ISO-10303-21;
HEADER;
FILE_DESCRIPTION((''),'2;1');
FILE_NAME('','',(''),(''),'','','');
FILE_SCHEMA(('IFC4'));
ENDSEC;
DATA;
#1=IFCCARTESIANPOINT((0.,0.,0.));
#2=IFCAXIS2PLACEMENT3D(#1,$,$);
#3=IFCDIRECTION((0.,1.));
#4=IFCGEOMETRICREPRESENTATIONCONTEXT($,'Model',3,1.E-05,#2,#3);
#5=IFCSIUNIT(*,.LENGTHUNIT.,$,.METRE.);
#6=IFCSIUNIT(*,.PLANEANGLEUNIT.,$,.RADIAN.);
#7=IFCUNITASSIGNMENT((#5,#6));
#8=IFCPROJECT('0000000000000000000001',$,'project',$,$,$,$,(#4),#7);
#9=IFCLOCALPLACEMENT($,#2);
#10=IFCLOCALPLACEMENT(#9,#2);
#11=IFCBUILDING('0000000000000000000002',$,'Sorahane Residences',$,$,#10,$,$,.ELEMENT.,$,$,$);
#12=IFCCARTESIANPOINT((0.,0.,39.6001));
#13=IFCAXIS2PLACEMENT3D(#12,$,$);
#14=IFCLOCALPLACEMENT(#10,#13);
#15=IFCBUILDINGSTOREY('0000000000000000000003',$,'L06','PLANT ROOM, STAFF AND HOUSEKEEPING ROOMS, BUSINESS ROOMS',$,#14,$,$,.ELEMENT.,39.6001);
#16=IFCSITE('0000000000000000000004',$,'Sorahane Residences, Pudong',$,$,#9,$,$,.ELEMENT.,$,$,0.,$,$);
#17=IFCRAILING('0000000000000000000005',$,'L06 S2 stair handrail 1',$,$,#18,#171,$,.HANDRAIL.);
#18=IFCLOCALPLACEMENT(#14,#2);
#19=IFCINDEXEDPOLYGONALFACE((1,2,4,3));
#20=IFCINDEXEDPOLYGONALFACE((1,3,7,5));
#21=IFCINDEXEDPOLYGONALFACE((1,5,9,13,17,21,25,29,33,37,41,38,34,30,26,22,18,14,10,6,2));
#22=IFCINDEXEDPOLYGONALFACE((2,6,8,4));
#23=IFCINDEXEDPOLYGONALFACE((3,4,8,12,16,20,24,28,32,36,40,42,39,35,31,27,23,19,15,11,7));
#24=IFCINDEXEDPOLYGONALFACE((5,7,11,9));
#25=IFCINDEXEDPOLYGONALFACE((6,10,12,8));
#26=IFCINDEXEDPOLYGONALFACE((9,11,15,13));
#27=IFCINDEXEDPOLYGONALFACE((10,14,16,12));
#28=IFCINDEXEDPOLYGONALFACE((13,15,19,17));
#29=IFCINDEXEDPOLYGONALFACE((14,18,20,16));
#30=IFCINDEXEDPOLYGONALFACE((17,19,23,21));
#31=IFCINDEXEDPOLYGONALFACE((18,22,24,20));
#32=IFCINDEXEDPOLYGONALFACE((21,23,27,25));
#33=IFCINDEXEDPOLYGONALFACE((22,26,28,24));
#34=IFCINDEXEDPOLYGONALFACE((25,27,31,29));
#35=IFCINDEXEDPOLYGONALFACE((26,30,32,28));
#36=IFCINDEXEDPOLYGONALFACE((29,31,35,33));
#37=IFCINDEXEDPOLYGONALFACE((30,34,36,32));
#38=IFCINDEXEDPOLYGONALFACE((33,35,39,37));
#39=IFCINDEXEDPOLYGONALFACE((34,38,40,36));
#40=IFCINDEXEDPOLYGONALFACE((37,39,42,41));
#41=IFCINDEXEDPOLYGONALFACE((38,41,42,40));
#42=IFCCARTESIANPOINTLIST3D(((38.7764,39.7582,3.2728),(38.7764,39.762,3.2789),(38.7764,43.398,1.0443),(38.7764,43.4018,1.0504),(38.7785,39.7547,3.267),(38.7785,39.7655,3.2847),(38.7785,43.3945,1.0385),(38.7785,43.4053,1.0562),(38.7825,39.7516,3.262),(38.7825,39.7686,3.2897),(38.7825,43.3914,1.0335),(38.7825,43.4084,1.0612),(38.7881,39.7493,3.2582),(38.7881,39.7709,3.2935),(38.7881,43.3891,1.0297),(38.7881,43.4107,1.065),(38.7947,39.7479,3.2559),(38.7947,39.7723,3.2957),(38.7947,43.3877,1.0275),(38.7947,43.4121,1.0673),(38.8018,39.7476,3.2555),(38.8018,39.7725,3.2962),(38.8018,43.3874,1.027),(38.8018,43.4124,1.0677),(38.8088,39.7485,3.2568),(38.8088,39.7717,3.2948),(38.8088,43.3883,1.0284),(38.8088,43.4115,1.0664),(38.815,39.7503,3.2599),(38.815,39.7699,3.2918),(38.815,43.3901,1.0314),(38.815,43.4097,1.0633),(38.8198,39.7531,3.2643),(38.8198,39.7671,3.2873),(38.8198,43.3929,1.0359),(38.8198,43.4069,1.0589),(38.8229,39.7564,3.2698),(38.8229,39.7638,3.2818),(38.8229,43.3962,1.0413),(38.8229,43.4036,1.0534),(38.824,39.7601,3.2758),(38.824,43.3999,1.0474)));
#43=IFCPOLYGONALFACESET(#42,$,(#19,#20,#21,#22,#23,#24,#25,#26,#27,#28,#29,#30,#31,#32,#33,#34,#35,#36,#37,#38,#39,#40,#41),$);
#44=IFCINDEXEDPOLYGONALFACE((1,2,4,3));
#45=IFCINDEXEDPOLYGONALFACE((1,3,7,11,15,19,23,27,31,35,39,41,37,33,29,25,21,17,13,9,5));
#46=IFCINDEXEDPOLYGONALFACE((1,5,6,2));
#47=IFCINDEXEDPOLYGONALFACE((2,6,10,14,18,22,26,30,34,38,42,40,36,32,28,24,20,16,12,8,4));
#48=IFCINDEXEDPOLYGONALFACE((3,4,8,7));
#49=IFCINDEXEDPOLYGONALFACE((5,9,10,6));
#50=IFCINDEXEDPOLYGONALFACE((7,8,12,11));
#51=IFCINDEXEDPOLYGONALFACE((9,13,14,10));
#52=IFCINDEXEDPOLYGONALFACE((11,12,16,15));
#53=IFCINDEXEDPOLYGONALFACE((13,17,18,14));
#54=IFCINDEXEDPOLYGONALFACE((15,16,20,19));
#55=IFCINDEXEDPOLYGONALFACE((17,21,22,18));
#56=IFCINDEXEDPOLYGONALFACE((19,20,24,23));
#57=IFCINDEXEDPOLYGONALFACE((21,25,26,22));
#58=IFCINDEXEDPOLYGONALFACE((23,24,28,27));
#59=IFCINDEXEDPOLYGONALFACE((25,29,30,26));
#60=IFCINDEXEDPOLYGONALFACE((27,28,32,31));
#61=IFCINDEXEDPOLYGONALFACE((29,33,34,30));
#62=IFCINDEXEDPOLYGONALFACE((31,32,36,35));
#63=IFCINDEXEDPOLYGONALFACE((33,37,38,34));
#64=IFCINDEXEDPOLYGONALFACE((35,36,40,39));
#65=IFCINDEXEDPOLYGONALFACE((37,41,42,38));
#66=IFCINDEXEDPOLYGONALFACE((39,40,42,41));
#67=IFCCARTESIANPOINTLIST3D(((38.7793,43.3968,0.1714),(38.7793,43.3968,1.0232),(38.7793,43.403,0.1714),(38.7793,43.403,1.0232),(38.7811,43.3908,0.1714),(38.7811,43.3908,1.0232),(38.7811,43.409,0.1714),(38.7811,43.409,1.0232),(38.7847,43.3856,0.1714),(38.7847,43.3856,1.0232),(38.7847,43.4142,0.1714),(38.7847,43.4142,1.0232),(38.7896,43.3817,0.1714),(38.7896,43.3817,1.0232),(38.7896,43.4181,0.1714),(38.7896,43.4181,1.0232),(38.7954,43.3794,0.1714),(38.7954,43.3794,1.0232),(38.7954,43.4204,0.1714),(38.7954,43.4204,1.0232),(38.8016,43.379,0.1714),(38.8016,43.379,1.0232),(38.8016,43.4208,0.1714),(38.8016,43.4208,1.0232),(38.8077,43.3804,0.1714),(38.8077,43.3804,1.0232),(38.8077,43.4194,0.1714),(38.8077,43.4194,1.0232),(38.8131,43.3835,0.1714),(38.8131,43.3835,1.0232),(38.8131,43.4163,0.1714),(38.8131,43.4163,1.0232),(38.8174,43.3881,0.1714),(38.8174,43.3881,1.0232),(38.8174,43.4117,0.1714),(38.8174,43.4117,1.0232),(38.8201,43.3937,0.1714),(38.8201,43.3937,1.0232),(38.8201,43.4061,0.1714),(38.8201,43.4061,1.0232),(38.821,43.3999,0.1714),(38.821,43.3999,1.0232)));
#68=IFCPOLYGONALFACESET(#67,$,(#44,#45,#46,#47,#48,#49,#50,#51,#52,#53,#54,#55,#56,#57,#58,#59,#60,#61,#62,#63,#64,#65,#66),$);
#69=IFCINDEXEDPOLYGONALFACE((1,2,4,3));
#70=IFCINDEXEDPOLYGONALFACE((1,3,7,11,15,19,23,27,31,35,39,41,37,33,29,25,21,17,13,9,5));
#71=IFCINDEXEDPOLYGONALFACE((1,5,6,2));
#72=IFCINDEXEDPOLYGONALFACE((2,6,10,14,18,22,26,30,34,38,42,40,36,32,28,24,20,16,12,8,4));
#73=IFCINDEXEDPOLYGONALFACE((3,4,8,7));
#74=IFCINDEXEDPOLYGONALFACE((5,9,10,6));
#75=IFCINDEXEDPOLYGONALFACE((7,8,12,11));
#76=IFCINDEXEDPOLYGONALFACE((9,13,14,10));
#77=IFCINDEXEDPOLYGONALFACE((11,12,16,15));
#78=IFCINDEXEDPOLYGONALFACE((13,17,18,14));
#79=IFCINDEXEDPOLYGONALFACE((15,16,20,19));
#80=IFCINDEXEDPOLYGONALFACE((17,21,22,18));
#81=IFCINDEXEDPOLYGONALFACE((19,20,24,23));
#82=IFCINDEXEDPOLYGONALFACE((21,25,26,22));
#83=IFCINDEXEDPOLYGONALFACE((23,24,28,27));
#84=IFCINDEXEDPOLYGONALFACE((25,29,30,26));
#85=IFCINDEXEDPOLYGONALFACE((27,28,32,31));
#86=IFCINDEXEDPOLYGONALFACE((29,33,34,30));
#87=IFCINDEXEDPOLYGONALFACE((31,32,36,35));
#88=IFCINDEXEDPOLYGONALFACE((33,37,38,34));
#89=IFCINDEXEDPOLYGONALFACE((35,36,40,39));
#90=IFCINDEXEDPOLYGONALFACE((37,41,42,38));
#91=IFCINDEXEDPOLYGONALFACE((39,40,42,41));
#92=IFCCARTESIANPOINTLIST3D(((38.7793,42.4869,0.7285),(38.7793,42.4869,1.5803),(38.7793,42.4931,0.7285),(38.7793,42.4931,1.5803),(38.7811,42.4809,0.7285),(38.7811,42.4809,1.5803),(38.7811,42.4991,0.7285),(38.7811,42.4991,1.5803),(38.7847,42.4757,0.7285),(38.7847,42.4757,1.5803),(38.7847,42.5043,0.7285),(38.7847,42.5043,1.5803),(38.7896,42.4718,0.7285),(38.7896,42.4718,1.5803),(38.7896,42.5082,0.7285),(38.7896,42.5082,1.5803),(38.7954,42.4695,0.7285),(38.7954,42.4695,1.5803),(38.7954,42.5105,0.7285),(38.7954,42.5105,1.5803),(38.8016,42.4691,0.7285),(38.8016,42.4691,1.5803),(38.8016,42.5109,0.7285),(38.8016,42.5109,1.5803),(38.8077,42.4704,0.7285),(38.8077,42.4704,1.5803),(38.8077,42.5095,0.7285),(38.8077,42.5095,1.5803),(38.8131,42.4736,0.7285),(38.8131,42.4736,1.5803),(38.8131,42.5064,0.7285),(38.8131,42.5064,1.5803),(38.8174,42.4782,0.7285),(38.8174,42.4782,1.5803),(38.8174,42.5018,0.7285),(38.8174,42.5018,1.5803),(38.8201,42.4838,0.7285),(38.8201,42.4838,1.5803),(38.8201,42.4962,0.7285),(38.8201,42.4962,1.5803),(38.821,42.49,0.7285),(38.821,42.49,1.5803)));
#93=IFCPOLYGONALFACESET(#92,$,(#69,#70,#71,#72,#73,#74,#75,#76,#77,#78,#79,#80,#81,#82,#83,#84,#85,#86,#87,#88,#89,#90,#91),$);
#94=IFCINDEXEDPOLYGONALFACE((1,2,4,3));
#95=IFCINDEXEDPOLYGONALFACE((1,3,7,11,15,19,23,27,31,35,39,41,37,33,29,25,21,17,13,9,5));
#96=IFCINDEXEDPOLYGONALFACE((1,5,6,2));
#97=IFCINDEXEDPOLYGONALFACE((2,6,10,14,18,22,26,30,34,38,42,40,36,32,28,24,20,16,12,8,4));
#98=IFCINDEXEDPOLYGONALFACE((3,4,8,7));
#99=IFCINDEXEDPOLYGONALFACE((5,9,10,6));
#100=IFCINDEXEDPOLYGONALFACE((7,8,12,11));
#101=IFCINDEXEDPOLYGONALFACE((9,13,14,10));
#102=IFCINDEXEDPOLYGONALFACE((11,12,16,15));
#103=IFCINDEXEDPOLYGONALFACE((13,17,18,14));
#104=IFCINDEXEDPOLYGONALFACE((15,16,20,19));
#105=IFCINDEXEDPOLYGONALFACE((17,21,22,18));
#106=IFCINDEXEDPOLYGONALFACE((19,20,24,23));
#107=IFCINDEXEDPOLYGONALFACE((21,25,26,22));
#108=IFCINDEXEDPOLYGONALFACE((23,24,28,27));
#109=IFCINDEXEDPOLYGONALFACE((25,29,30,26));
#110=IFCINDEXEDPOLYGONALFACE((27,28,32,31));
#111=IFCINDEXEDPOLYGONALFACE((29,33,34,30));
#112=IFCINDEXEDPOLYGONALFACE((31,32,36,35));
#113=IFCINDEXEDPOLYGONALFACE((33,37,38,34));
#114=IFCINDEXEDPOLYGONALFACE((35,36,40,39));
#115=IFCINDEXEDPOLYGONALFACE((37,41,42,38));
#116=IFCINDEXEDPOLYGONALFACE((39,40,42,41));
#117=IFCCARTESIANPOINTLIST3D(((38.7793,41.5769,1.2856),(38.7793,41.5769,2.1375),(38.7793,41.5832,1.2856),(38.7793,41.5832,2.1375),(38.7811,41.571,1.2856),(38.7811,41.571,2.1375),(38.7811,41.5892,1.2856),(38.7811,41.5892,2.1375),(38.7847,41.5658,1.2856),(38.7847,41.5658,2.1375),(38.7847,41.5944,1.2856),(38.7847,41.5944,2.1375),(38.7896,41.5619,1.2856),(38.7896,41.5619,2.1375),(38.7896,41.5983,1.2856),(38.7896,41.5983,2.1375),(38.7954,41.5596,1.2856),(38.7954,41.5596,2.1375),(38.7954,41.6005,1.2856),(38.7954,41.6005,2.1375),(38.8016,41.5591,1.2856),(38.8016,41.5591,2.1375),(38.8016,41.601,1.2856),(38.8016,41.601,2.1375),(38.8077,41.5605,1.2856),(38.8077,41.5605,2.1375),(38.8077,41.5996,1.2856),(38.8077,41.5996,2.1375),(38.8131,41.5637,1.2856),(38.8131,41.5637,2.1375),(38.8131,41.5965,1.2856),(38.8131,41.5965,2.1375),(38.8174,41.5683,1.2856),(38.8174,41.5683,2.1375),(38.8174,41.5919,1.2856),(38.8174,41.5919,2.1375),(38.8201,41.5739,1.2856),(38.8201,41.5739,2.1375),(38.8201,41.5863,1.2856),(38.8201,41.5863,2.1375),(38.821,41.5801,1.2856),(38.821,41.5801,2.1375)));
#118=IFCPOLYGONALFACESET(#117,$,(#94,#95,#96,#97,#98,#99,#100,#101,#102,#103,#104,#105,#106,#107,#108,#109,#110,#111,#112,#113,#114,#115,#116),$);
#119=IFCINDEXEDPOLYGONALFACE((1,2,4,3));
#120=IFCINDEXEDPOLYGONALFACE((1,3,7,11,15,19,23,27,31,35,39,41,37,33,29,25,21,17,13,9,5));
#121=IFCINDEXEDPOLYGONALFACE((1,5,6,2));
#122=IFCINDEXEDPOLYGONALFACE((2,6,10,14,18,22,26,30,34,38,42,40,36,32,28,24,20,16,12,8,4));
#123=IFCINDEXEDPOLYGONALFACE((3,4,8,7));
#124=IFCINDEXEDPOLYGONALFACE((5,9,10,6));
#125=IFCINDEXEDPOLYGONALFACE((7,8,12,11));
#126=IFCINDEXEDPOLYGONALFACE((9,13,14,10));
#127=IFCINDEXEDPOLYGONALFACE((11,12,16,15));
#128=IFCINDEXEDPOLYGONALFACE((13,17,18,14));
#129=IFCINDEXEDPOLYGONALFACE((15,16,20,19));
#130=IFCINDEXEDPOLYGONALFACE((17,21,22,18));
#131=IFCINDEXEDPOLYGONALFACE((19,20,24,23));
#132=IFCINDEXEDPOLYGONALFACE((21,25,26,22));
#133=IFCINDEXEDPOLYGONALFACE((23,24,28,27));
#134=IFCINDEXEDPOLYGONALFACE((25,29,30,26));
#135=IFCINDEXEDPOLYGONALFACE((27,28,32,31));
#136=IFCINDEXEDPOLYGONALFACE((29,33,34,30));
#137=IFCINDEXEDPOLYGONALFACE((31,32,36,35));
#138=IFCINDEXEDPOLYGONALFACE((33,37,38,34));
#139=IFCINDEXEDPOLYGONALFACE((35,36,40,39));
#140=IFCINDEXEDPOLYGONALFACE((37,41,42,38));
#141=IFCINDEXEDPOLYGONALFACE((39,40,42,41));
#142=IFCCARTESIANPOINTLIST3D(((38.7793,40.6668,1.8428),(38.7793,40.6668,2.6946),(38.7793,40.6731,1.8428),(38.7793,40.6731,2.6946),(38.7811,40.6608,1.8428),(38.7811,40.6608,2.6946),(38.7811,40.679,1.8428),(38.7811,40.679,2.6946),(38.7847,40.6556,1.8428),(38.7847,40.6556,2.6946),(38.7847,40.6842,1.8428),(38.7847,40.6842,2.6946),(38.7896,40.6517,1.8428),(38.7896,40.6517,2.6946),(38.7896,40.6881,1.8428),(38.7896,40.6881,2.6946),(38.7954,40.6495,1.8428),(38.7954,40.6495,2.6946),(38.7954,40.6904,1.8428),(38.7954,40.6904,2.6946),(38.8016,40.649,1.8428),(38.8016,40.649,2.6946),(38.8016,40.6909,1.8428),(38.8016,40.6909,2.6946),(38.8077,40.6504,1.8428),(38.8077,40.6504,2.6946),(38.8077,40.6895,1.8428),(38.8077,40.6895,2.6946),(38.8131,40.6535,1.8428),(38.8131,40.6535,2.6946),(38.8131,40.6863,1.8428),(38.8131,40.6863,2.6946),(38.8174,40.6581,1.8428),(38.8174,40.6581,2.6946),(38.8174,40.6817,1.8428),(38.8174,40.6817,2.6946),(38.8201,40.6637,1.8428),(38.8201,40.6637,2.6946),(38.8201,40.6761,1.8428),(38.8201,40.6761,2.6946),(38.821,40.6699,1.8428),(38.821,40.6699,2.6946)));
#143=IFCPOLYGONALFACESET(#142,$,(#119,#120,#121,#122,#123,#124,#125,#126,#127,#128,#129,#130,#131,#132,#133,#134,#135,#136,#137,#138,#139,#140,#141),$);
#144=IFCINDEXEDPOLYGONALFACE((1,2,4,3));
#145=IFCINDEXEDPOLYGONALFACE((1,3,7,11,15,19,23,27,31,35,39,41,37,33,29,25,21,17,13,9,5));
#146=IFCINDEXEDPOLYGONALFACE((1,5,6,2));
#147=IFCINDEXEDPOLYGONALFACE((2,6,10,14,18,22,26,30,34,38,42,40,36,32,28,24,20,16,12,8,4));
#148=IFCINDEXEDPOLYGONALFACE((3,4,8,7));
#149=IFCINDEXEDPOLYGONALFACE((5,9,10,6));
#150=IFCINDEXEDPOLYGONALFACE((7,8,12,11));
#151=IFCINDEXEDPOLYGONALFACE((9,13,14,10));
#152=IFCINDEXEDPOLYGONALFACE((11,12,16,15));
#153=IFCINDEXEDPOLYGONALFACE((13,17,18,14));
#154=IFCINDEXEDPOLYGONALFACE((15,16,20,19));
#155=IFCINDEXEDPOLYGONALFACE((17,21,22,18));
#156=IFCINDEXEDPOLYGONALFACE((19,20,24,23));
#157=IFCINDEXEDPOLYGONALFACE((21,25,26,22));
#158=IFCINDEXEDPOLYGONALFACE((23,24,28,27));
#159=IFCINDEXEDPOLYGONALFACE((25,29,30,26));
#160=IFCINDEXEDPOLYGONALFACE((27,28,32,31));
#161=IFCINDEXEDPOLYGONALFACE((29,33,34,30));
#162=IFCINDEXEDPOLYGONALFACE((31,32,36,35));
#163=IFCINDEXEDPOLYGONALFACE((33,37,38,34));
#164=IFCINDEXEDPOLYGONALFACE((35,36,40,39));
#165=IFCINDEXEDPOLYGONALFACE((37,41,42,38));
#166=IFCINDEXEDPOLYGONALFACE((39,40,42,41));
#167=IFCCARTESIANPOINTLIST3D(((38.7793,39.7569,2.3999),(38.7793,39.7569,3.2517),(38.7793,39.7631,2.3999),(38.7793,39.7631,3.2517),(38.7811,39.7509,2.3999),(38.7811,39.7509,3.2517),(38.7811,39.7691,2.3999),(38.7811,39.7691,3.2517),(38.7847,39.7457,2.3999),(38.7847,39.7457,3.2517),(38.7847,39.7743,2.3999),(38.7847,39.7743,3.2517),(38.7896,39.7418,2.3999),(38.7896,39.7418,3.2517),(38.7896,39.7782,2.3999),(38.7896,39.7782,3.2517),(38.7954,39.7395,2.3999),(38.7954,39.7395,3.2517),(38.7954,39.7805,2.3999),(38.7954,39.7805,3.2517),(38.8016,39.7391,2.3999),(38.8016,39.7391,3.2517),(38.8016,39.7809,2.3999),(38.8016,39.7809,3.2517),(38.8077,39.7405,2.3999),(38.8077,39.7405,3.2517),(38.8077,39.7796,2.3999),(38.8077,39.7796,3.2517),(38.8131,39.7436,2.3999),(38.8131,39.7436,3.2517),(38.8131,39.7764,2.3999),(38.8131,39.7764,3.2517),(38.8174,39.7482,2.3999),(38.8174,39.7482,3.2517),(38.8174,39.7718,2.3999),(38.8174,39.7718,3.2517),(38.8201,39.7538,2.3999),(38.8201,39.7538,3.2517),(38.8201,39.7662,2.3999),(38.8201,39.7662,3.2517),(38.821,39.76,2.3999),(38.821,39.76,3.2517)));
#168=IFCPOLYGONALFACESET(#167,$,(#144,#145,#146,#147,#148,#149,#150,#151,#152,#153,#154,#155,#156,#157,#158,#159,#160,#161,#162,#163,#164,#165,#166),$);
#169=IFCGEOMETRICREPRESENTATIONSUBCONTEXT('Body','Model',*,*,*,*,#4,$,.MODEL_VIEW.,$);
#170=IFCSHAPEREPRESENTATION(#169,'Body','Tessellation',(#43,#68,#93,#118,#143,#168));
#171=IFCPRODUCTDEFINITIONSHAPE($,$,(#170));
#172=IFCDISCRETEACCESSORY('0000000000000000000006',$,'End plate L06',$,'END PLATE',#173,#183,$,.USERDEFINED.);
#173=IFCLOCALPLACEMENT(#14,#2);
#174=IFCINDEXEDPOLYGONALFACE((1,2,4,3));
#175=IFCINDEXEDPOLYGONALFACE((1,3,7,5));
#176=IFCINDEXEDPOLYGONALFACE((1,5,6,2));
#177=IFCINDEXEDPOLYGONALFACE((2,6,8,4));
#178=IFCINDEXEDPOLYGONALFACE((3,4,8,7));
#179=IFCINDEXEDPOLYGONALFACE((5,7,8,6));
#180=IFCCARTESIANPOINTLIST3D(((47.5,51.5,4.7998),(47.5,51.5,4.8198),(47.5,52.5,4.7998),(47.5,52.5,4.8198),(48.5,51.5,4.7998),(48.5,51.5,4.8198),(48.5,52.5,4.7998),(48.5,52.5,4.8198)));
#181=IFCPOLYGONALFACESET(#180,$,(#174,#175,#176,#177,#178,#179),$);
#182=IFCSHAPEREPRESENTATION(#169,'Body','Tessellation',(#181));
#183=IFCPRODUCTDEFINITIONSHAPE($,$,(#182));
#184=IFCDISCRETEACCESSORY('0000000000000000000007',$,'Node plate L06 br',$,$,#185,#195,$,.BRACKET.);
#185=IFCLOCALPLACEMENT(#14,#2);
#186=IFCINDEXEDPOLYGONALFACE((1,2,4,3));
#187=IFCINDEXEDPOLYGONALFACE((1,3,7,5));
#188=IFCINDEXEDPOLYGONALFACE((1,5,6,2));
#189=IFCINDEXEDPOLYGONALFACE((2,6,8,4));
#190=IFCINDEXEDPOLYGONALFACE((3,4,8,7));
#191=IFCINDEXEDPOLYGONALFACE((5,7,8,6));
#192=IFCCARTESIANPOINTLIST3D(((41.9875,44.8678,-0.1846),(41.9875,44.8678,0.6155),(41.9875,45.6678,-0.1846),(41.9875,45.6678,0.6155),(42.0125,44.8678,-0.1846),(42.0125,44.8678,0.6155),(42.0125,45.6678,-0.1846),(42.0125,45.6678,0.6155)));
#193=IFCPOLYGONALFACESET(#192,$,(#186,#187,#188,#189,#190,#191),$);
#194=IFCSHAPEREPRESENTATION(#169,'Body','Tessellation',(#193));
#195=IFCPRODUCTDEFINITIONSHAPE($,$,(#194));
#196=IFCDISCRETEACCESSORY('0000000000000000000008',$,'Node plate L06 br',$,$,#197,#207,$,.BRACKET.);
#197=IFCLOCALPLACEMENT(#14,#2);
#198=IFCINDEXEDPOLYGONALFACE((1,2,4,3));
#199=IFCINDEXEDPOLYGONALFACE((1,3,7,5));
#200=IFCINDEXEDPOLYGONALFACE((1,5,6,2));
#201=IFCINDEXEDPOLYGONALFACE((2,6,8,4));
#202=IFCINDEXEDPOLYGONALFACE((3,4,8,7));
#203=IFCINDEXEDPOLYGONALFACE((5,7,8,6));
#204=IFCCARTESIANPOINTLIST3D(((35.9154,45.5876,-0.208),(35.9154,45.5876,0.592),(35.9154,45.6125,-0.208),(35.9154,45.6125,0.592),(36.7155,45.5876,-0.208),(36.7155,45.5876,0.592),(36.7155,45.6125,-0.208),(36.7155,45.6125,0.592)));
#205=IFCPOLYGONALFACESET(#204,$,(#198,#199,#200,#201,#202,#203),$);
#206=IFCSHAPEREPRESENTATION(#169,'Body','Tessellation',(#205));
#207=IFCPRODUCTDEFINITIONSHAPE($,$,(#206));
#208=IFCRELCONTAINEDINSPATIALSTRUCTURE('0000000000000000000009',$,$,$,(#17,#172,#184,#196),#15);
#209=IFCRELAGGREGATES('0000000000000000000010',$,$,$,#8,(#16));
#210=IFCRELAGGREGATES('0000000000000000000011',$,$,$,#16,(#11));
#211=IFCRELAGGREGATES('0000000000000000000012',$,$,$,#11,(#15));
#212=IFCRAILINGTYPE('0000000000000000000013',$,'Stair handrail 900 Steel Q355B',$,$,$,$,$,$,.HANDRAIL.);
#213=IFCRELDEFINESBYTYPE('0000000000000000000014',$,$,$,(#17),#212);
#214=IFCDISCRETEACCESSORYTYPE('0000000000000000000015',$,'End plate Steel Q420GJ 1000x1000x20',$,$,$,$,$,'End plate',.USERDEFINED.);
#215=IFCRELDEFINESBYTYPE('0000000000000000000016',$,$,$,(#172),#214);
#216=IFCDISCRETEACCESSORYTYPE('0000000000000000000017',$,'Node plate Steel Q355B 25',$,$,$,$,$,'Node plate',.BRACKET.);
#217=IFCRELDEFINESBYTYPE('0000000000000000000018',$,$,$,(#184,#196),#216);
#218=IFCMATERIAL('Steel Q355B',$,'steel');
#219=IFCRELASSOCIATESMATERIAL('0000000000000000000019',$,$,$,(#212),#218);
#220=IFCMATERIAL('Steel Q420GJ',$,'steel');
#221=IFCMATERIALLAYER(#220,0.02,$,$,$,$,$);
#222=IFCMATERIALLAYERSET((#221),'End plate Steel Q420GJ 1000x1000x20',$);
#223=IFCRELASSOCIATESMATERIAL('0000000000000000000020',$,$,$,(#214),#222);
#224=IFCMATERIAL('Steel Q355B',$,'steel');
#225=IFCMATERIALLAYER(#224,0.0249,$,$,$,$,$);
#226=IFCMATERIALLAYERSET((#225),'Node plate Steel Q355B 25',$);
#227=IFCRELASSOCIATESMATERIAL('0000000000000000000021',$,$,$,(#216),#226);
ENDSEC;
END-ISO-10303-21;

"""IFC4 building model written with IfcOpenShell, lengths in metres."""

from ifc_helpers import new_model, si_unit, direction, frame, origin, origin_2d, place, context, subcontext, project, spatial, rectangle, circle, extrude, material, layer, layer_set, type_object, element, save


model = new_model("IFC4")

# Units and contexts
model_context = context("Model", 3, precision=1e-05, world=origin(), true_north=direction((0.0, 1.0)))
body_context = subcontext(model_context, "Body", "Model", "MODEL_VIEW")
ifc_project = project(units=[si_unit("LENGTHUNIT", "METRE"), si_unit("PLANEANGLEUNIT", "RADIAN")], contexts=[model_context])

# Site, building, storey
site_placement = place(None, origin())
site = spatial("IfcSite", under=ifc_project, at=site_placement, Name="Sorahane Residences, Pudong", CompositionType="ELEMENT", RefElevation=0.0)
building_placement = place(site_placement, origin())
building = spatial("IfcBuilding", under=site, at=building_placement, Name="Sorahane Residences", CompositionType="ELEMENT")
storey_placement = place(building_placement, frame((0.0, 0.0, 39.6001)))
storey = spatial("IfcBuildingStorey", under=building, at=storey_placement, Name="L06", Description="PLANT ROOM, STAFF AND HOUSEKEEPING ROOMS, BUSINESS ROOMS", CompositionType="ELEMENT", Elevation=39.6001)

# Railing
ifc_material_1 = material(Name="Steel Q355B", Category="steel")
railing_type_1 = type_object("IfcRailingType", Name="Stair handrail 900 Steel Q355B", PredefinedType="HANDRAIL", material=ifc_material_1)
railing_1_placement = place(storey_placement, frame((38.8, 43.3999, 0.1714)))
element("IfcRailing", 1, at=railing_1_placement, inside=storey, type_object=railing_type_1, Name="L06 S2 stair handrail 1", PredefinedType="HANDRAIL", context=body_context, shape_type="SweptSolid", body=[
    extrude(circle(Radius=0.0239, at=origin_2d()), frame((0.0, 0.0, 0.876), z_axis=(0.0, -0.85285, 0.522156), x_axis=(1.0, 0.0, 0.0)), (0.0, 0.0, 1.0), 4.2678),
    extrude(circle(Radius=0.021, at=origin_2d()), origin(), (0.0, 0.0, 1.0), 0.8518),
    extrude(circle(Radius=0.021, at=origin_2d()), frame((0.0, -0.9099, 0.5571)), (0.0, 0.0, 1.0), 0.8518),
    extrude(circle(Radius=0.021, at=origin_2d()), frame((0.0, -1.8198, 1.1143)), (0.0, 0.0, 1.0), 0.8518),
    extrude(circle(Radius=0.021, at=origin_2d()), frame((0.0, -2.73, 1.6714)), (0.0, 0.0, 1.0), 0.8518),
    extrude(circle(Radius=0.021, at=origin_2d()), frame((0.0, -3.6399, 2.2285)), (0.0, 0.0, 1.0), 0.8518),
])

# Discrete accessories
ifc_material_2 = material(Name="Steel Q420GJ", Category="steel")
ifc_layer_1 = layer(ifc_material_2, 0.02)
ifc_layer_set_1 = layer_set([ifc_layer_1], Name="End plate Steel Q420GJ 1000x1000x20")
discrete_accessory_type_1 = type_object("IfcDiscreteAccessoryType", Name="End plate Steel Q420GJ 1000x1000x20", ElementType="End plate", PredefinedType="USERDEFINED", material=ifc_layer_set_1)
discrete_accessory_placement = place(storey_placement, frame((48.0, 52.0, 4.7998), z_axis=(0.0, 0.0, 1.0), x_axis=(1.0, 0.0, 0.0)))
element("IfcDiscreteAccessory", 2, at=discrete_accessory_placement, inside=storey, type_object=discrete_accessory_type_1, Name="End plate L06", ObjectType="END PLATE", PredefinedType="USERDEFINED", context=body_context, shape_type="SweptSolid", body=[
    extrude(rectangle(XDim=1.0, YDim=1.0, at=origin_2d()), origin(), (0.0, 0.0, 1.0), 0.02),
])
ifc_material_3 = material(Name="Steel Q355B", Category="steel")
ifc_layer_2 = layer(ifc_material_3, 0.0249)
ifc_layer_set_2 = layer_set([ifc_layer_2], Name="Node plate Steel Q355B 25")
discrete_accessory_type_2 = type_object("IfcDiscreteAccessoryType", Name="Node plate Steel Q355B 25", ElementType="Node plate", PredefinedType="BRACKET", material=ifc_layer_set_2)
for number, where, z_axis, x_axis, name in (
    (3, (42.0, 45.2678, -0.1846), (0.0, 0.0, 1.0), (0.0, 1.0, 0.0), "Node plate L06 br"),
    (4, (36.3154, 45.6001, -0.208), (0.0, 0.0, 1.0), (1.0, 0.0, 0.0), "Node plate L06 br"),
):
    element("IfcDiscreteAccessory", number, at=place(storey_placement, frame(where, z_axis=z_axis, x_axis=x_axis)), inside=storey, type_object=discrete_accessory_type_2, Name=name, PredefinedType="BRACKET", context=body_context, shape_type="SweptSolid", body=[
        extrude(rectangle(XDim=0.8, YDim=0.0249, at=origin_2d()), origin(), (0.0, 0.0, 1.0), 0.8),
    ])

save(model, "model.ifc")
